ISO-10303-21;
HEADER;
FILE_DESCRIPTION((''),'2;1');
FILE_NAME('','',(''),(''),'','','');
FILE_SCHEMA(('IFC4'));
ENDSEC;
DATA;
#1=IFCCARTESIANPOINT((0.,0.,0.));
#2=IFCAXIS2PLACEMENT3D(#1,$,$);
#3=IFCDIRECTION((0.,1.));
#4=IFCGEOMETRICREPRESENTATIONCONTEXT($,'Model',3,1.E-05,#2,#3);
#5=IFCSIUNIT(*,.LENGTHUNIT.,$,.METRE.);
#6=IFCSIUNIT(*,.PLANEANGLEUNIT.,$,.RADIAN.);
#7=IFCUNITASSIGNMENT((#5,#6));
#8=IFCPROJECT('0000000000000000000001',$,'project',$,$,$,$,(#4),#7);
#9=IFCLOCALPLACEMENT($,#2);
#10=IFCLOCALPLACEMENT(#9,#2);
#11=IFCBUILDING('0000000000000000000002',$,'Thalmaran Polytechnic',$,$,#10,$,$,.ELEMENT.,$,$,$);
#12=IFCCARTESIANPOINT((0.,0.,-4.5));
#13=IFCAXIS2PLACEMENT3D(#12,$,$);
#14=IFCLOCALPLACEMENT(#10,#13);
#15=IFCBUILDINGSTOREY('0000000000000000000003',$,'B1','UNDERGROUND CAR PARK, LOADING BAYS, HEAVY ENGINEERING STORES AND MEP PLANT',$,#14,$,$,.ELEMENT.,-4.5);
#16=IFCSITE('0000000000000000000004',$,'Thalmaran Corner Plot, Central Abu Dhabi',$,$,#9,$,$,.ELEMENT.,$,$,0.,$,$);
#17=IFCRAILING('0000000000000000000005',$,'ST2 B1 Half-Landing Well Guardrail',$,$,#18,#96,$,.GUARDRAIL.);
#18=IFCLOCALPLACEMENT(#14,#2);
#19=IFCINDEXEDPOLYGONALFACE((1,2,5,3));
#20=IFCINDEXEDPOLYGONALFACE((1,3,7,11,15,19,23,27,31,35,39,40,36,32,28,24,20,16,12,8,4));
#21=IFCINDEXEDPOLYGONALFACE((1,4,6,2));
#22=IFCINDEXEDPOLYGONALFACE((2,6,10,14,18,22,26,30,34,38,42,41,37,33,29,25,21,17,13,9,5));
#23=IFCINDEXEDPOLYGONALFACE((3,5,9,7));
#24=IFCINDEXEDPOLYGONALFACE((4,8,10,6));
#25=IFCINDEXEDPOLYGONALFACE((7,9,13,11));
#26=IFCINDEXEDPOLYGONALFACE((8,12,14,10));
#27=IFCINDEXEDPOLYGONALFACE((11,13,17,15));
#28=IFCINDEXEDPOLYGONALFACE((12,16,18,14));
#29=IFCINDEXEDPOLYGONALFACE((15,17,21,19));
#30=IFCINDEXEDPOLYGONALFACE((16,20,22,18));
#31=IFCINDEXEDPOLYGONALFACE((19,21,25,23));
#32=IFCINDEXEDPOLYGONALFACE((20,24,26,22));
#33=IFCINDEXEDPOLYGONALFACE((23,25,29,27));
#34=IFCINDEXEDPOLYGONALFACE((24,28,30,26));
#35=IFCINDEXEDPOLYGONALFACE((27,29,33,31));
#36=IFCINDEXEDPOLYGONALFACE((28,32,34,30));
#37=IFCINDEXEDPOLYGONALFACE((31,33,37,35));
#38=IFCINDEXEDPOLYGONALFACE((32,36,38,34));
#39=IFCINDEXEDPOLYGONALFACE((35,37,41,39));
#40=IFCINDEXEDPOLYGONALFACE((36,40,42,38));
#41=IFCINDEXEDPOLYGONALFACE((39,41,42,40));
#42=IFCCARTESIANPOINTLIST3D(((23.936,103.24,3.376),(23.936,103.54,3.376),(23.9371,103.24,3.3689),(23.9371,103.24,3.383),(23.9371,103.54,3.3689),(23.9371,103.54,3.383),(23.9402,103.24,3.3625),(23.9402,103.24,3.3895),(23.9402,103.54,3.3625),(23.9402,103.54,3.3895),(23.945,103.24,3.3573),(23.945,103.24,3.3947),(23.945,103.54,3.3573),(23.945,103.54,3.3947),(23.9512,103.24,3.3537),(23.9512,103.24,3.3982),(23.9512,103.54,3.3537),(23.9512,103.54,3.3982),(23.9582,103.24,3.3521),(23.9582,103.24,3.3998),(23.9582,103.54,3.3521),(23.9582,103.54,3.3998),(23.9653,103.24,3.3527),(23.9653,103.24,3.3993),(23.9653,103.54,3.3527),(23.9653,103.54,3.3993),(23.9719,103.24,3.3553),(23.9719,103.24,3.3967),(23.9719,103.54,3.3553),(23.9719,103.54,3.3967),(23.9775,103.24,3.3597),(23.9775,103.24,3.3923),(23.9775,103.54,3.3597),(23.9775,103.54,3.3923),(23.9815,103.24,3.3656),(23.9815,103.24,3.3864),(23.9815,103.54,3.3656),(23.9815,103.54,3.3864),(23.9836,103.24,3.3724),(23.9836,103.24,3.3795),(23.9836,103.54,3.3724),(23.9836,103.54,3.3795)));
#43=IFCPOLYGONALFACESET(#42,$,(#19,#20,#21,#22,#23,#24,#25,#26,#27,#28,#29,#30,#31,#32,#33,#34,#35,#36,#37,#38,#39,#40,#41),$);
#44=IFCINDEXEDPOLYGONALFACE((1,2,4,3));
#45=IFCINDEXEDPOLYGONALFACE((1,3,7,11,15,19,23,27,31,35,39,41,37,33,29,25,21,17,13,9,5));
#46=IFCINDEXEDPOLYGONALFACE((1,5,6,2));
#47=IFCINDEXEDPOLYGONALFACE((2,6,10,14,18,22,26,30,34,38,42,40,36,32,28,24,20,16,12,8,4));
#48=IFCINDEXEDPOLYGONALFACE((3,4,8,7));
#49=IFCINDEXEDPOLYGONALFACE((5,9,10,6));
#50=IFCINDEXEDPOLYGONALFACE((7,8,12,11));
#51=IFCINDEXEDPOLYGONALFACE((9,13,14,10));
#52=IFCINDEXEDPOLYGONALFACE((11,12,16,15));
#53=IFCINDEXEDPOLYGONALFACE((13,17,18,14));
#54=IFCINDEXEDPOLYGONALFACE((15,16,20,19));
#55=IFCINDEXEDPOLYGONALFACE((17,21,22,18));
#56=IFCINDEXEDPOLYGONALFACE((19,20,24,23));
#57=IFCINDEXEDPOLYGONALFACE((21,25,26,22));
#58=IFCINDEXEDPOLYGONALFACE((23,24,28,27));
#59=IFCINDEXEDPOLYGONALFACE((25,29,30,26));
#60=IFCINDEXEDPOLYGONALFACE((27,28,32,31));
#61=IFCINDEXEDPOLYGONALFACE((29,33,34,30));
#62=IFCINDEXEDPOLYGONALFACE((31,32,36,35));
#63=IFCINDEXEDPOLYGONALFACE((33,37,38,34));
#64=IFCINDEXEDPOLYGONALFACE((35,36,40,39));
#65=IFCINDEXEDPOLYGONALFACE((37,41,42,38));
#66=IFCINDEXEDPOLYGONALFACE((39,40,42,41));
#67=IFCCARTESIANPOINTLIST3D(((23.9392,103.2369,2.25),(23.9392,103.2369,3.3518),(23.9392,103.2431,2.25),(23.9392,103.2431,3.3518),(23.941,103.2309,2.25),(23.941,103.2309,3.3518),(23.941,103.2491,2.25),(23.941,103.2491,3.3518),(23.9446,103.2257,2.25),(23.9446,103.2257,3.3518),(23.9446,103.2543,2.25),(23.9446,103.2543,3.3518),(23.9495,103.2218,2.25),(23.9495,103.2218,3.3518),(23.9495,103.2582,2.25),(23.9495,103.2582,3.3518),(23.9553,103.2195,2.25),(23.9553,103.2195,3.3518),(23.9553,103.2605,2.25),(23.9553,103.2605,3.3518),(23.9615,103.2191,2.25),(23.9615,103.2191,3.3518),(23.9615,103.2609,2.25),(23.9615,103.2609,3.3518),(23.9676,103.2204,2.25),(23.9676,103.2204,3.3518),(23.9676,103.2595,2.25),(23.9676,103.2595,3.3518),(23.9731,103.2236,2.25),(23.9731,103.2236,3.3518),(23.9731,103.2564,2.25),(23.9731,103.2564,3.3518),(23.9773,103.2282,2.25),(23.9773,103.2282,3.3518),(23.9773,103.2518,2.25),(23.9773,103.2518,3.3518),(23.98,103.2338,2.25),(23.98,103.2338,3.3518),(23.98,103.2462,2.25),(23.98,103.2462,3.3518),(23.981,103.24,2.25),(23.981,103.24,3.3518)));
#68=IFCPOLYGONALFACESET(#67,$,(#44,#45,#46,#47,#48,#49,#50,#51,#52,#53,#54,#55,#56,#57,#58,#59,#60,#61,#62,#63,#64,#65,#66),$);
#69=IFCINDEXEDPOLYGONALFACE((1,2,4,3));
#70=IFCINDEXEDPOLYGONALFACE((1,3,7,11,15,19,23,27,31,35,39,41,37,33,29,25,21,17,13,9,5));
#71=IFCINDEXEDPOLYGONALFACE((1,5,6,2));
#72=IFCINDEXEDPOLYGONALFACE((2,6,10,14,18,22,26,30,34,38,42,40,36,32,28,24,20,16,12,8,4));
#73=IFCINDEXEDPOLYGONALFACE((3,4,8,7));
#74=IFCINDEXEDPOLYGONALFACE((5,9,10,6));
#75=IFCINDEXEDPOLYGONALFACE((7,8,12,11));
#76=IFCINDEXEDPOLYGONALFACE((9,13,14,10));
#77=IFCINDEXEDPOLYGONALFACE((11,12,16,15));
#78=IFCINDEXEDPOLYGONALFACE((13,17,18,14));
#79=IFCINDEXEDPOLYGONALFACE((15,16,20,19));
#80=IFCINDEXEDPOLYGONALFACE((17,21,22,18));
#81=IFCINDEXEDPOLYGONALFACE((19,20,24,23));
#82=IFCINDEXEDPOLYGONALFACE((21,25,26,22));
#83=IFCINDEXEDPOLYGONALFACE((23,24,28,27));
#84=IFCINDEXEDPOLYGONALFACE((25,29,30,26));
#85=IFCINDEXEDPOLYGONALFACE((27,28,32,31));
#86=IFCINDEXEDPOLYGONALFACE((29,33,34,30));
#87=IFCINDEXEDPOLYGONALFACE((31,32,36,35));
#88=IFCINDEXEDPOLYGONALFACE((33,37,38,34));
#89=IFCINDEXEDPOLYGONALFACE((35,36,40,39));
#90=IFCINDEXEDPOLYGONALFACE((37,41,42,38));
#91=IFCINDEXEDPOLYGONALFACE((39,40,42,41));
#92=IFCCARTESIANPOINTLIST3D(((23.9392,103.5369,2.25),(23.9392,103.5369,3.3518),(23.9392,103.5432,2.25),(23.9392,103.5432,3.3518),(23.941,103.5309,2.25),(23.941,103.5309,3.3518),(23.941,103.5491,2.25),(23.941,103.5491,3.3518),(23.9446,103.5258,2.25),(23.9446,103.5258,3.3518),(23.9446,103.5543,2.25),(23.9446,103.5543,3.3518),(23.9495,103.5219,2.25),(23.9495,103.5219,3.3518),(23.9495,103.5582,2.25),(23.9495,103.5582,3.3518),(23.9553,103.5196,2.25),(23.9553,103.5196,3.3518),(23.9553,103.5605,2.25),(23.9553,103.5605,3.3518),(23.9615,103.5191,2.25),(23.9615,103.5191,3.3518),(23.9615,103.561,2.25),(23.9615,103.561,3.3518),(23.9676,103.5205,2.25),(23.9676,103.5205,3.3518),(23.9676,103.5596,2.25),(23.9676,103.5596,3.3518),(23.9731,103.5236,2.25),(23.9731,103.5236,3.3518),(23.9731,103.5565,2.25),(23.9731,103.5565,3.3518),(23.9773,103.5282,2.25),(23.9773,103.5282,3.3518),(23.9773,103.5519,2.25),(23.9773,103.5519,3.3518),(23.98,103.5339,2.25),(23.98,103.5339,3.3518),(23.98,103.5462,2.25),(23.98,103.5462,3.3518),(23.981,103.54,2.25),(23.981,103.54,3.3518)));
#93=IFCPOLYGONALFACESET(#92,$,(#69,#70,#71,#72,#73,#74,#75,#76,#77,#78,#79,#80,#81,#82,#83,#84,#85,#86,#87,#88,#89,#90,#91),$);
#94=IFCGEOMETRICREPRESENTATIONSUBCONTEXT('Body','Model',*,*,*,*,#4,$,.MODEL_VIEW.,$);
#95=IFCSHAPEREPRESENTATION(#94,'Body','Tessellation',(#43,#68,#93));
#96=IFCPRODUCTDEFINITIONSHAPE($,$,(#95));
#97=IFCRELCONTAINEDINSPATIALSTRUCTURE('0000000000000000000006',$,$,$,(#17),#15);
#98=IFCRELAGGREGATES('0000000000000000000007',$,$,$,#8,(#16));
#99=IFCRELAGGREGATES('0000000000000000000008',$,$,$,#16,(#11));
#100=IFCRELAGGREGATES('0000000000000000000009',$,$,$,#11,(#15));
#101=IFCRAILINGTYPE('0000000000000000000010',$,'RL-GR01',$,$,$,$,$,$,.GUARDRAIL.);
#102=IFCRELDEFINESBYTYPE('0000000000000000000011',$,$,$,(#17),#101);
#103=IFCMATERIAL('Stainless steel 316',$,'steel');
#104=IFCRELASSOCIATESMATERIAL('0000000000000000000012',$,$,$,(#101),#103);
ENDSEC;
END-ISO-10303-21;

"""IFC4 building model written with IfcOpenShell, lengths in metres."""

from ifc_helpers import new_model, si_unit, direction, frame, origin, origin_2d, place, context, subcontext, project, spatial, circle, extrude, material, type_object, element, save


model = new_model("IFC4")

# Units and contexts
model_context = context("Model", 3, precision=1e-05, world=origin(), true_north=direction((0.0, 1.0)))
body_context = subcontext(model_context, "Body", "Model", "MODEL_VIEW")
ifc_project = project(units=[si_unit("LENGTHUNIT", "METRE"), si_unit("PLANEANGLEUNIT", "RADIAN")], contexts=[model_context])

# Site, building, storey
site_placement = place(None, origin())
site = spatial("IfcSite", under=ifc_project, at=site_placement, Name="Thalmaran Corner Plot, Central Abu Dhabi", CompositionType="ELEMENT", RefElevation=0.0)
building_placement = place(site_placement, origin())
building = spatial("IfcBuilding", under=site, at=building_placement, Name="Thalmaran Polytechnic", CompositionType="ELEMENT")
storey_placement = place(building_placement, frame((0.0, 0.0, -4.5)))
storey = spatial("IfcBuildingStorey", under=building, at=storey_placement, Name="B1", Description="UNDERGROUND CAR PARK, LOADING BAYS, HEAVY ENGINEERING STORES AND MEP PLANT", CompositionType="ELEMENT", Elevation=-4.5)

# Railing
ifc_material_1 = material(Name="Stainless steel 316", Category="steel")
railing_type_1 = type_object("IfcRailingType", Name="RL-GR01", PredefinedType="GUARDRAIL", material=ifc_material_1)
railing_1_placement = place(storey_placement, frame((23.96, 103.24, 2.25)))
element("IfcRailing", 1, at=railing_1_placement, inside=storey, type_object=railing_type_1, Name="ST2 B1 Half-Landing Well Guardrail", PredefinedType="GUARDRAIL", context=body_context, shape_type="SweptSolid", body=[
    extrude(circle(Radius=0.0239, at=origin_2d()), frame((0.0, 0.0, 1.126), z_axis=(0.0, 1.0, 0.0), x_axis=(-1.0, 0.0, 0.0)), (0.0, 0.0, 1.0), 0.3),
    extrude(circle(Radius=0.021, at=origin_2d()), origin(), (0.0, 0.0, 1.0), 1.1018),
    extrude(circle(Radius=0.021, at=origin_2d()), frame((0.0, 0.3, 0.0)), (0.0, 0.0, 1.0), 1.1018),
])

save(model, "model.ifc")
